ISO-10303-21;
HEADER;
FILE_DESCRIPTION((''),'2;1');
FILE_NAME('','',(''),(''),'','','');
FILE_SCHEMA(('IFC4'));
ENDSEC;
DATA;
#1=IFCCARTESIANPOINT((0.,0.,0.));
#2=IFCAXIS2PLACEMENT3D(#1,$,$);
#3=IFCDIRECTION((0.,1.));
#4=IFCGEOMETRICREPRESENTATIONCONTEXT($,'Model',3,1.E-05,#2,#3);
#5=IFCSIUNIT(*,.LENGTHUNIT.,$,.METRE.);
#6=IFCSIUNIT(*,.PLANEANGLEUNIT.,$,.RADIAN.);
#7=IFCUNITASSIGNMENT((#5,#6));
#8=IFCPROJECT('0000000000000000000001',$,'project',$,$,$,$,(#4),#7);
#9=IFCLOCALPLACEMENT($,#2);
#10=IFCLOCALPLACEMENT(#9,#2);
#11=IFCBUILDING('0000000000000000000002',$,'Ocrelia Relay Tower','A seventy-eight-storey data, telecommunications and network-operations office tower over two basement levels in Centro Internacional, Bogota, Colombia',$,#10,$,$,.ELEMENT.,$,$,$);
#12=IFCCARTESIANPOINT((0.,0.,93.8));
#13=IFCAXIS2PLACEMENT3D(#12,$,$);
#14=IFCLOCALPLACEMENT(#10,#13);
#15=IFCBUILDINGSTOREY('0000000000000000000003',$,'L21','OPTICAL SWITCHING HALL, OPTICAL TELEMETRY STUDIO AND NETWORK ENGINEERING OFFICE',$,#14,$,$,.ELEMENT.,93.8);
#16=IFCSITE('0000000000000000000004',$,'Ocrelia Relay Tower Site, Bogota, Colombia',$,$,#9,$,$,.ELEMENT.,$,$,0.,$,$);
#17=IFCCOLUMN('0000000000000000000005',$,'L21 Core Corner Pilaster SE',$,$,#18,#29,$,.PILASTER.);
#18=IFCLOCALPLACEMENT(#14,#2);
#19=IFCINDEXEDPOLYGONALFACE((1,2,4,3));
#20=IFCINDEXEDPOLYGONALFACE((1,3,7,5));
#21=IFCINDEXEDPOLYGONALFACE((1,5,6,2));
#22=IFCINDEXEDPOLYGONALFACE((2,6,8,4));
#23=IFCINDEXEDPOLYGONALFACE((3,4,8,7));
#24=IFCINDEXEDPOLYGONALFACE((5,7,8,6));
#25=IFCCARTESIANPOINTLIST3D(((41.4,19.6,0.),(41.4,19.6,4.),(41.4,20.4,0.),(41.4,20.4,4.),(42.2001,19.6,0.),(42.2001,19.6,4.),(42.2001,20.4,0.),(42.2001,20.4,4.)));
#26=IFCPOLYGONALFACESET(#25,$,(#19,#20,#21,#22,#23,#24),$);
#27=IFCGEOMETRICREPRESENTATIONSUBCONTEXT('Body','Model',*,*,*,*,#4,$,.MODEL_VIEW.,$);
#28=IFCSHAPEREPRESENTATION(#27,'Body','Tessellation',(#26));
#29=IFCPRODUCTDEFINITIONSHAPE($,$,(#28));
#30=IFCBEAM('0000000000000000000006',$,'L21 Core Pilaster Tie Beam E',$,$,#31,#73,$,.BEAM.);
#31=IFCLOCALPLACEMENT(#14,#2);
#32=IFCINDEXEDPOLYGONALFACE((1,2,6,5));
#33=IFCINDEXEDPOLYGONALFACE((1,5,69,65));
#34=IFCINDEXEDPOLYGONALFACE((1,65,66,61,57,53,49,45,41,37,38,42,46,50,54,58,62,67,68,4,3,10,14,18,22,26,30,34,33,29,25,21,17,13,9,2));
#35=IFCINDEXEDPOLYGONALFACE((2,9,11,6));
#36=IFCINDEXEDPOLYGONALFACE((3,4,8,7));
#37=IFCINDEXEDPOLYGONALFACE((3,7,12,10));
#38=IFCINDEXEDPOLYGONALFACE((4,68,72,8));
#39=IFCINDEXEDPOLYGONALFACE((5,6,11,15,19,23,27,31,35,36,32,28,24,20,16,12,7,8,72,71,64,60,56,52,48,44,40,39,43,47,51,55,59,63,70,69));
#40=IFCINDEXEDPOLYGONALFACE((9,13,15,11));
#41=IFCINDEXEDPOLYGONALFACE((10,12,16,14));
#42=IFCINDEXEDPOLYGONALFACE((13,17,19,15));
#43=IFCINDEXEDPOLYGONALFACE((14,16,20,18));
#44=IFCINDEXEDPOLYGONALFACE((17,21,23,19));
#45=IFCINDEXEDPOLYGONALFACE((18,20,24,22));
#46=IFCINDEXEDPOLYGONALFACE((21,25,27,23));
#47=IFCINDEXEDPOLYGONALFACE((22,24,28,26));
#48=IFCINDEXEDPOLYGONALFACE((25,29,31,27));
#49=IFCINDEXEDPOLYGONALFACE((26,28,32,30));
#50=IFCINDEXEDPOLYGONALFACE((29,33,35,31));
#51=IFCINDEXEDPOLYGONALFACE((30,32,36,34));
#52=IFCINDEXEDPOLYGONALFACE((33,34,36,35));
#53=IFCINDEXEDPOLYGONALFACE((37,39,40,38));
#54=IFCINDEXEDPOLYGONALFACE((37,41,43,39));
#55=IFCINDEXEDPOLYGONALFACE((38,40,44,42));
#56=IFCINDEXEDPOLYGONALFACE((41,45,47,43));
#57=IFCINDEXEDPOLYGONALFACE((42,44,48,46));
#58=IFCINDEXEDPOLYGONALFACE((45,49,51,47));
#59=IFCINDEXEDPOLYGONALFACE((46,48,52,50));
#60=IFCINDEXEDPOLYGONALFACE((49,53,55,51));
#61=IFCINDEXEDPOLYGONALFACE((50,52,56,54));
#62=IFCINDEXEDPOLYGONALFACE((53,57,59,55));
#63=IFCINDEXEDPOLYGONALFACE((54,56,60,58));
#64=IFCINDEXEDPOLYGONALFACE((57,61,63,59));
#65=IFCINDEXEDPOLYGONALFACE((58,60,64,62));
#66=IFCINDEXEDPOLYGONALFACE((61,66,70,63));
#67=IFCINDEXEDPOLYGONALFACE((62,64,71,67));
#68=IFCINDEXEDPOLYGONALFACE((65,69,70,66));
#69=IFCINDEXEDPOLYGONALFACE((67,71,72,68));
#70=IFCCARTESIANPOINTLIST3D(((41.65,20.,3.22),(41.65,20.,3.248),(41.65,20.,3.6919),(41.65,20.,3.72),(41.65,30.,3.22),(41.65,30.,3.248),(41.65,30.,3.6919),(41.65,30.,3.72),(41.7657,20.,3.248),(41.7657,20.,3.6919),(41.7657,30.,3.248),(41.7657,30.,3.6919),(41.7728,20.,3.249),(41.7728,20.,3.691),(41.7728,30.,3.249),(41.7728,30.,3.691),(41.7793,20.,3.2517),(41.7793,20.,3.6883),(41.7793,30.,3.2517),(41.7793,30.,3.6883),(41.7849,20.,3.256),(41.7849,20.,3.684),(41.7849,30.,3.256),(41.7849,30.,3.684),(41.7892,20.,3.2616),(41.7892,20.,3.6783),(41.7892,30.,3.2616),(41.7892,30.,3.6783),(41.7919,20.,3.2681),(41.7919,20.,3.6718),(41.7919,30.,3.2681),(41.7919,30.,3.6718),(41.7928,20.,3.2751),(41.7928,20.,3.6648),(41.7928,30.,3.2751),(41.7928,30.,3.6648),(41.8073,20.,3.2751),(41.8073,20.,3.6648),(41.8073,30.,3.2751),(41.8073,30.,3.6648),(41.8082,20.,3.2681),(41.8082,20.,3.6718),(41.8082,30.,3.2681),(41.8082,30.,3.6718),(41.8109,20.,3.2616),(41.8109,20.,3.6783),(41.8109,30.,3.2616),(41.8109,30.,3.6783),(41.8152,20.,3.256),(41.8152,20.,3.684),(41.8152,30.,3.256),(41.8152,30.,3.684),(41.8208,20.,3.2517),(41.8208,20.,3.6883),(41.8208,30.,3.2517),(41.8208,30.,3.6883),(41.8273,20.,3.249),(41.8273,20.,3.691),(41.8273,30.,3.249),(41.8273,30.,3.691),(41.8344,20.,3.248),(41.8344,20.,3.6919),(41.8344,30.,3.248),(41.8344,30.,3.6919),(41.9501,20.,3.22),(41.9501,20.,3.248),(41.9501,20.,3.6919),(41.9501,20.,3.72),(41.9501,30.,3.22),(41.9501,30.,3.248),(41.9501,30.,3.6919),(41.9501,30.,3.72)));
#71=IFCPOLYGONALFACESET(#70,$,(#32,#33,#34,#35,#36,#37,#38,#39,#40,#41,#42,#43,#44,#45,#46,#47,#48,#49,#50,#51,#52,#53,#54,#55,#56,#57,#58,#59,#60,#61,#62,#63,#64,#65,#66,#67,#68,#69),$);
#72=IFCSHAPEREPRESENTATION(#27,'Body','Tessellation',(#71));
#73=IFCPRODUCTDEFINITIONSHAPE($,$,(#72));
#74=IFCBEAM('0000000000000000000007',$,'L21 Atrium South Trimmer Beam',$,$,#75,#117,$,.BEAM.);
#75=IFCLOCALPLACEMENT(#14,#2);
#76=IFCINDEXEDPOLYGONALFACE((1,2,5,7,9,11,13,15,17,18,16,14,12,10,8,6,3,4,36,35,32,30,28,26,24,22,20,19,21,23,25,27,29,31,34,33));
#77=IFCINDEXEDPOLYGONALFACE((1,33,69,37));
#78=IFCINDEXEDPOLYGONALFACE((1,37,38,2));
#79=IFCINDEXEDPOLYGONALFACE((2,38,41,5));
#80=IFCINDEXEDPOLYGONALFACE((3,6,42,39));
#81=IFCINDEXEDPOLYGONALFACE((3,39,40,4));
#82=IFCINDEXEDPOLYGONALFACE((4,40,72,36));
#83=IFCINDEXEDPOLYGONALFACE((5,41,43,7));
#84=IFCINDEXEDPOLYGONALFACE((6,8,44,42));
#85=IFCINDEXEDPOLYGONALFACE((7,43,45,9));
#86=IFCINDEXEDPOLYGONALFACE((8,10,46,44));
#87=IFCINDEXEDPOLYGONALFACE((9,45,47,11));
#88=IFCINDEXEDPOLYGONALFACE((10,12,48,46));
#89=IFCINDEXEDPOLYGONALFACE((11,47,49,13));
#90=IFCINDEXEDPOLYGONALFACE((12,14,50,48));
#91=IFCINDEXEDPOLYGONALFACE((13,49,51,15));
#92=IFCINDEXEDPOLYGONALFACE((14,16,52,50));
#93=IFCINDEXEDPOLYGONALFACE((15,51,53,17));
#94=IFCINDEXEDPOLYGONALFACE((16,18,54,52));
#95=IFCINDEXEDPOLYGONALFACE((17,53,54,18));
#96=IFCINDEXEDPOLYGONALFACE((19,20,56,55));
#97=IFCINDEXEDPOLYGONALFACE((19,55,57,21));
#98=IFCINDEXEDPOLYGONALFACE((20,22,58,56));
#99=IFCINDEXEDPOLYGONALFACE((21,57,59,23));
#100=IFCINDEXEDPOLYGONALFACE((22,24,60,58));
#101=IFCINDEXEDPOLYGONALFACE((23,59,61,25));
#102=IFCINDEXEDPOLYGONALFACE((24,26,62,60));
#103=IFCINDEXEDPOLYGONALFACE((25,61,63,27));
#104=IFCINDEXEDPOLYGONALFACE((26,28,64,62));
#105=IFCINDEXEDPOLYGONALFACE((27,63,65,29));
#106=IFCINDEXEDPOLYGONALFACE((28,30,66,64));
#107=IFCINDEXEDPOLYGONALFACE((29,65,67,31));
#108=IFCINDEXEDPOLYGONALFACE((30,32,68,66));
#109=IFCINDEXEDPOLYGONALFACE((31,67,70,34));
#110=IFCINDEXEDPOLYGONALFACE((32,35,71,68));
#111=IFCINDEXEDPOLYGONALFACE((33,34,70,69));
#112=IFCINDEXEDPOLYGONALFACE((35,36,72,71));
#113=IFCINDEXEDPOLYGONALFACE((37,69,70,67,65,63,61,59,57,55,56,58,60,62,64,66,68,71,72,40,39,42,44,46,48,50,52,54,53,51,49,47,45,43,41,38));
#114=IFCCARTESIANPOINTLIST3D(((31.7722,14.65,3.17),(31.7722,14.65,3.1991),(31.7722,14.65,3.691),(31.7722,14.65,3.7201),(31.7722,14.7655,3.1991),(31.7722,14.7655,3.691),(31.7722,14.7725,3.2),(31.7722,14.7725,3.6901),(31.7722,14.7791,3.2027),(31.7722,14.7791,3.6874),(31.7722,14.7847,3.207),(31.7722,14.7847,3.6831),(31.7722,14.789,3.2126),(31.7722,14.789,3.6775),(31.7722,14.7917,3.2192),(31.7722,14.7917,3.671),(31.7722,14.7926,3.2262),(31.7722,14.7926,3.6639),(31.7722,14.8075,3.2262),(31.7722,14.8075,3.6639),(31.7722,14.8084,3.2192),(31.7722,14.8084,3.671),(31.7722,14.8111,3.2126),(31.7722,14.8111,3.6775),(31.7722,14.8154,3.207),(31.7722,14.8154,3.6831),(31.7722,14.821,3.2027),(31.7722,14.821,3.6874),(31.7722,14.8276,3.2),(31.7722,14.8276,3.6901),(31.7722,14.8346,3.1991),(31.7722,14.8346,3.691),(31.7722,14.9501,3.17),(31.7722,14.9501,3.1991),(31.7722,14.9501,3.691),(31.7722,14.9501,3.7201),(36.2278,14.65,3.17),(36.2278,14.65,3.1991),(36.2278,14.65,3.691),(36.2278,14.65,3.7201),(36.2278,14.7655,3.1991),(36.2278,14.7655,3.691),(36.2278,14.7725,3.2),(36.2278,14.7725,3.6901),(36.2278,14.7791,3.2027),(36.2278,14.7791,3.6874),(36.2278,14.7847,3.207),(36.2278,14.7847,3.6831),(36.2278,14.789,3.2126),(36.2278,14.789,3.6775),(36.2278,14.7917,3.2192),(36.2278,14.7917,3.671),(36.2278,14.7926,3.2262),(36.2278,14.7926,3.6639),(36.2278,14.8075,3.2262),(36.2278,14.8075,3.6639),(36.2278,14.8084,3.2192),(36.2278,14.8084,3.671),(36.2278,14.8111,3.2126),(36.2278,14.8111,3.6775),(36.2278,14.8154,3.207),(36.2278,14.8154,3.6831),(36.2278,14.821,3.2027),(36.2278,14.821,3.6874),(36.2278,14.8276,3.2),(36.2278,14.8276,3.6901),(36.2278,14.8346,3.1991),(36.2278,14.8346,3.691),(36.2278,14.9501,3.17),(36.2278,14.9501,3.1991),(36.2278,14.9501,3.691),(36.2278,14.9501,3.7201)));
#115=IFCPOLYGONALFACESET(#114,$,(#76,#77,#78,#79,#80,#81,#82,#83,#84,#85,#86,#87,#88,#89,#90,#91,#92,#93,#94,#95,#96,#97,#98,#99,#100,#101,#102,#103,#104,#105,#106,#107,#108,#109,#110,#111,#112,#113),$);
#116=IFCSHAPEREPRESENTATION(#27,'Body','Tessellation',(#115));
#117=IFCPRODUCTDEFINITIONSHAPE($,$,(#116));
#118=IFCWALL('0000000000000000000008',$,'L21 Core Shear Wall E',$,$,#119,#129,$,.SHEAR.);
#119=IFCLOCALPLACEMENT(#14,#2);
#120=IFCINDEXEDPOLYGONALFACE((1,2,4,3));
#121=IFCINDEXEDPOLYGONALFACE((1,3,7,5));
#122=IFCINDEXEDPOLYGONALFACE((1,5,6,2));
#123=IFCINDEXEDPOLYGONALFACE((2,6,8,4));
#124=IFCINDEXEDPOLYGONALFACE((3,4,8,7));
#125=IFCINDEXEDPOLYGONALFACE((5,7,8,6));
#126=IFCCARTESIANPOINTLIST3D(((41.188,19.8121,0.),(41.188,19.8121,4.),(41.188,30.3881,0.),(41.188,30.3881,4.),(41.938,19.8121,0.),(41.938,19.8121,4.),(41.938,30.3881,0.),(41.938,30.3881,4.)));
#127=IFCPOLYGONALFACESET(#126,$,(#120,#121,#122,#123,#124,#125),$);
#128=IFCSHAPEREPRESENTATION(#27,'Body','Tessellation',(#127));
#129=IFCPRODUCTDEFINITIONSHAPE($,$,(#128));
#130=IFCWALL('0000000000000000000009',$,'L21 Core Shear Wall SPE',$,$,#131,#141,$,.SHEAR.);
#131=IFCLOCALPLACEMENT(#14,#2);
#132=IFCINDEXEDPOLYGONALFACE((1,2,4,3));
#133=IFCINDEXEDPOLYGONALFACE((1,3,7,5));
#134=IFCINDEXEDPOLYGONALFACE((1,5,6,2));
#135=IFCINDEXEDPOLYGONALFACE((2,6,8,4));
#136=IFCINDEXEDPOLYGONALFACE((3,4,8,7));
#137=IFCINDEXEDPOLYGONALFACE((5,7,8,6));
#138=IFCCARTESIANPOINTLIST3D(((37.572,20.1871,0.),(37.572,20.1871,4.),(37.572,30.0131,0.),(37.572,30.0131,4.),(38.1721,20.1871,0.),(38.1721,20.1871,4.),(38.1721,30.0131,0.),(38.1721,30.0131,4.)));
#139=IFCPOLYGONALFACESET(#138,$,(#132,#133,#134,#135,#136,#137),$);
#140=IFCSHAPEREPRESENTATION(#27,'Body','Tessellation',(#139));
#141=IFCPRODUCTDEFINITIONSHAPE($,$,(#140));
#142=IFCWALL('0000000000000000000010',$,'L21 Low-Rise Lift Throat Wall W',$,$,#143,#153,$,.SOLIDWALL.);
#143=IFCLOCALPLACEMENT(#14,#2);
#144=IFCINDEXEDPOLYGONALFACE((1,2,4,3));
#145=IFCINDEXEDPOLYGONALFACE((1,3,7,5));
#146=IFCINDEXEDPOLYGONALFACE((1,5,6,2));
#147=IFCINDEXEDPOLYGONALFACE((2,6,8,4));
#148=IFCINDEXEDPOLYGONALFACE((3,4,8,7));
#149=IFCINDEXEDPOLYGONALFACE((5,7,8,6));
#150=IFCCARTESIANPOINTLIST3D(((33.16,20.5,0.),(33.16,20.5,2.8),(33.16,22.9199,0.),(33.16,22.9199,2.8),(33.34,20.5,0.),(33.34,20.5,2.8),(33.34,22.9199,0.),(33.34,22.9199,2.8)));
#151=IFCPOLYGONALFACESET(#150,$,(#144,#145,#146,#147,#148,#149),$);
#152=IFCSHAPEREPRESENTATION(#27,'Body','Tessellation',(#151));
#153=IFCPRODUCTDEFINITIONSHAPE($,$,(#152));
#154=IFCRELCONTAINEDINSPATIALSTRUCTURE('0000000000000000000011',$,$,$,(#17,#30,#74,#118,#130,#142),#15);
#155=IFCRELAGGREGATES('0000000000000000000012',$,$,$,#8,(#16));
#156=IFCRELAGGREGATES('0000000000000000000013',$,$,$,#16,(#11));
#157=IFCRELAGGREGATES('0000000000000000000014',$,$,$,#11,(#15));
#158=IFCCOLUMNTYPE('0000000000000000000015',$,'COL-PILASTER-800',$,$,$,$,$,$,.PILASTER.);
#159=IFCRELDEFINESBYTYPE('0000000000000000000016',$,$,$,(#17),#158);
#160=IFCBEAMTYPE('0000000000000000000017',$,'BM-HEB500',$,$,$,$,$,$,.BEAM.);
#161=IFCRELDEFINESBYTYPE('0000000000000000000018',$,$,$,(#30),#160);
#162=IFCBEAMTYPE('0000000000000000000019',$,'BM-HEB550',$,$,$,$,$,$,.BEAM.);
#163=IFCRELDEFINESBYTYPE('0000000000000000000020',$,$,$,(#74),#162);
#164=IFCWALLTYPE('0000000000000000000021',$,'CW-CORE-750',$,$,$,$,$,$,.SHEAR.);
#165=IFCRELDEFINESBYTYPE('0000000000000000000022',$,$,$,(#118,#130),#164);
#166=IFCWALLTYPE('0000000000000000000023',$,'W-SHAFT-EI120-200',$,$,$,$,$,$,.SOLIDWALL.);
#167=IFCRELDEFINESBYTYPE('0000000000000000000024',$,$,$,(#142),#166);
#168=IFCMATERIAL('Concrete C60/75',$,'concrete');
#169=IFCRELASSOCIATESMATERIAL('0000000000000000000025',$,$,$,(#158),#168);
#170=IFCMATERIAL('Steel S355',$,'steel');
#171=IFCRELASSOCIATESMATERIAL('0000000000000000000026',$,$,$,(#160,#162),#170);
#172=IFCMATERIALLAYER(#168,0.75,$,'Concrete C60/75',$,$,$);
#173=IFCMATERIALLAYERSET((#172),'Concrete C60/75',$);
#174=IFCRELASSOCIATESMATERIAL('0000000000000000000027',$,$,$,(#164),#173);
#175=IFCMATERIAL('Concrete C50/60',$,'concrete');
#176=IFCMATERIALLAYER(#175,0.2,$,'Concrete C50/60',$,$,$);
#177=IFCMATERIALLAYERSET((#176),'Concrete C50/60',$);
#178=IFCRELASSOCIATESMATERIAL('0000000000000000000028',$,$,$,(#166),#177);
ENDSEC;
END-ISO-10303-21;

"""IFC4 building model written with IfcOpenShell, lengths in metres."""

from ifc_helpers import new_model, si_unit, direction, frame, frame_2d, origin, origin_2d, place, context, subcontext, project, spatial, rectangle, i_section, extrude, material, layer, layer_set, material_profile, profile_set, type_object, element, save


model = new_model("IFC4")

# Units and contexts
model_context = context("Model", 3, precision=1e-05, world=origin(), true_north=direction((0.0, 1.0)))
body_context = subcontext(model_context, "Body", "Model", "MODEL_VIEW")
ifc_project = project(units=[si_unit("LENGTHUNIT", "METRE"), si_unit("PLANEANGLEUNIT", "RADIAN")], contexts=[model_context])

# Site, building, storey
site_placement = place(None, origin())
site = spatial("IfcSite", under=ifc_project, at=site_placement, Name="Ocrelia Relay Tower Site, Bogota, Colombia", CompositionType="ELEMENT", RefElevation=0.0)
building_placement = place(site_placement, origin())
building = spatial("IfcBuilding", under=site, at=building_placement, Name="Ocrelia Relay Tower", Description="A seventy-eight-storey data, telecommunications and network-operations office tower over two basement levels in Centro Internacional, Bogota, Colombia", CompositionType="ELEMENT")
storey_placement = place(building_placement, frame((0.0, 0.0, 93.8)))
storey = spatial("IfcBuildingStorey", under=building, at=storey_placement, Name="L21", Description="OPTICAL SWITCHING HALL, OPTICAL TELEMETRY STUDIO AND NETWORK ENGINEERING OFFICE", CompositionType="ELEMENT", Elevation=93.8)

# Column
ifc_material_1 = material(Name="Concrete C60/75", Category="concrete")
ifc_material_profile_1 = material_profile(ifc_material_1, rectangle(XDim=0.8, YDim=0.8, at=origin_2d()), Name="RC-COL-800x800")
ifc_profile_set_1 = profile_set([ifc_material_profile_1], Name="Concrete C60/75")
column_type = type_object("IfcColumnType", Name="COL-PILASTER-800", PredefinedType="PILASTER", material=ifc_profile_set_1)
column_placement = place(storey_placement, frame((41.8, 20.0, 0.0), z_axis=(0.0, 0.0, 1.0), x_axis=(1.0, 0.0, 0.0)))
element("IfcColumn", 1, at=column_placement, inside=storey, type_object=column_type, Name="L21 Core Corner Pilaster SE", PredefinedType="PILASTER", context=body_context, shape_type="SweptSolid", body=[
    extrude(rectangle(XDim=0.8, YDim=0.8, at=origin_2d()), origin(), (0.0, 0.0, 1.0), 4.0),
])

# Beams
ifc_material_2 = material(Name="Steel S355", Category="steel")
ifc_material_profile_2 = material_profile(ifc_material_2, i_section(OverallWidth=0.3, OverallDepth=0.5, WebThickness=0.0144, FlangeThickness=0.0281, FilletRadius=0.0271, at=origin_2d()), Name="HEB 500")
ifc_profile_set_2 = profile_set([ifc_material_profile_2], Name="Steel S355")
beam_type_1 = type_object("IfcBeamType", Name="BM-HEB500", PredefinedType="BEAM", material=ifc_profile_set_2)
beam_1_placement = place(storey_placement, frame((41.8, 20.0, 3.47), z_axis=(0.0, 1.0, 0.0), x_axis=(-1.0, 0.0, 0.0)))
element("IfcBeam", 2, at=beam_1_placement, inside=storey, type_object=beam_type_1, Name="L21 Core Pilaster Tie Beam E", PredefinedType="BEAM", context=body_context, shape_type="SweptSolid", body=[
    extrude(i_section(OverallWidth=0.3, OverallDepth=0.5, WebThickness=0.0144, FlangeThickness=0.0281, FilletRadius=0.0271, at=origin_2d()), origin(), (0.0, 0.0, 1.0), 10.0),
])
ifc_material_profile_3 = material_profile(ifc_material_2, i_section(OverallWidth=0.3, OverallDepth=0.55, WebThickness=0.0149, FlangeThickness=0.0291, FilletRadius=0.0271, at=origin_2d()), Name="HEB 550")
ifc_profile_set_3 = profile_set([ifc_material_profile_3], Name="Steel S355")
beam_type_2 = type_object("IfcBeamType", Name="BM-HEB550", PredefinedType="BEAM", material=ifc_profile_set_3)
beam_2_placement = place(storey_placement, frame((31.7722, 14.8, 3.4451), z_axis=(1.0, 0.0, 0.0), x_axis=(0.0, 1.0, 0.0)))
element("IfcBeam", 3, at=beam_2_placement, inside=storey, type_object=beam_type_2, Name="L21 Atrium South Trimmer Beam", PredefinedType="BEAM", context=body_context, shape_type="SweptSolid", body=[
    extrude(i_section(OverallWidth=0.3, OverallDepth=0.55, WebThickness=0.0149, FlangeThickness=0.0291, FilletRadius=0.0271, at=origin_2d()), origin(), (0.0, 0.0, 1.0), 4.4556),
])

# Walls
ifc_layer_1 = layer(ifc_material_1, 0.75, Name="Concrete C60/75")
ifc_layer_set_1 = layer_set([ifc_layer_1], Name="Concrete C60/75")
wall_type_1 = type_object("IfcWallType", Name="CW-CORE-750", PredefinedType="SHEAR", material=ifc_layer_set_1)
wall_1_placement = place(storey_placement, frame((41.563, 19.812, 0.0), z_axis=(0.0, 0.0, 1.0), x_axis=(0.0, 1.0, 0.0)))
element("IfcWall", 4, at=wall_1_placement, inside=storey, type_object=wall_type_1, Name="L21 Core Shear Wall E", PredefinedType="SHEAR", context=body_context, shape_type="SweptSolid", body=[
    extrude(rectangle(XDim=10.5759, YDim=0.75, at=frame_2d((5.2881, 0.0))), origin(), (0.0, 0.0, 1.0), 4.0),
])
wall_2_placement = place(storey_placement, frame((37.8721, 20.187, 0.0), z_axis=(0.0, 0.0, 1.0), x_axis=(0.0, 1.0, 0.0)))
element("IfcWall", 5, at=wall_2_placement, inside=storey, type_object=wall_type_1, Name="L21 Core Shear Wall SPE", PredefinedType="SHEAR", context=body_context, shape_type="SweptSolid", body=[
    extrude(rectangle(XDim=9.8259, YDim=0.6001, at=frame_2d((4.9131, 0.0))), origin(), (0.0, 0.0, 1.0), 4.0),
])
ifc_material_3 = material(Name="Concrete C50/60", Category="concrete")
ifc_layer_2 = layer(ifc_material_3, 0.2, Name="Concrete C50/60")
ifc_layer_set_2 = layer_set([ifc_layer_2], Name="Concrete C50/60")
wall_type_2 = type_object("IfcWallType", Name="W-SHAFT-EI120-200", PredefinedType="SOLIDWALL", material=ifc_layer_set_2)
wall_3_placement = place(storey_placement, frame((33.25, 20.5, 0.0), z_axis=(0.0, 0.0, 1.0), x_axis=(0.0, 1.0, 0.0)))
element("IfcWall", 6, at=wall_3_placement, inside=storey, type_object=wall_type_2, Name="L21 Low-Rise Lift Throat Wall W", PredefinedType="SOLIDWALL", context=body_context, shape_type="SweptSolid", body=[
    extrude(rectangle(XDim=2.4199, YDim=0.1799, at=frame_2d((1.21, 0.0))), origin(), (0.0, 0.0, 1.0), 2.8),
])

save(model, "model.ifc")
